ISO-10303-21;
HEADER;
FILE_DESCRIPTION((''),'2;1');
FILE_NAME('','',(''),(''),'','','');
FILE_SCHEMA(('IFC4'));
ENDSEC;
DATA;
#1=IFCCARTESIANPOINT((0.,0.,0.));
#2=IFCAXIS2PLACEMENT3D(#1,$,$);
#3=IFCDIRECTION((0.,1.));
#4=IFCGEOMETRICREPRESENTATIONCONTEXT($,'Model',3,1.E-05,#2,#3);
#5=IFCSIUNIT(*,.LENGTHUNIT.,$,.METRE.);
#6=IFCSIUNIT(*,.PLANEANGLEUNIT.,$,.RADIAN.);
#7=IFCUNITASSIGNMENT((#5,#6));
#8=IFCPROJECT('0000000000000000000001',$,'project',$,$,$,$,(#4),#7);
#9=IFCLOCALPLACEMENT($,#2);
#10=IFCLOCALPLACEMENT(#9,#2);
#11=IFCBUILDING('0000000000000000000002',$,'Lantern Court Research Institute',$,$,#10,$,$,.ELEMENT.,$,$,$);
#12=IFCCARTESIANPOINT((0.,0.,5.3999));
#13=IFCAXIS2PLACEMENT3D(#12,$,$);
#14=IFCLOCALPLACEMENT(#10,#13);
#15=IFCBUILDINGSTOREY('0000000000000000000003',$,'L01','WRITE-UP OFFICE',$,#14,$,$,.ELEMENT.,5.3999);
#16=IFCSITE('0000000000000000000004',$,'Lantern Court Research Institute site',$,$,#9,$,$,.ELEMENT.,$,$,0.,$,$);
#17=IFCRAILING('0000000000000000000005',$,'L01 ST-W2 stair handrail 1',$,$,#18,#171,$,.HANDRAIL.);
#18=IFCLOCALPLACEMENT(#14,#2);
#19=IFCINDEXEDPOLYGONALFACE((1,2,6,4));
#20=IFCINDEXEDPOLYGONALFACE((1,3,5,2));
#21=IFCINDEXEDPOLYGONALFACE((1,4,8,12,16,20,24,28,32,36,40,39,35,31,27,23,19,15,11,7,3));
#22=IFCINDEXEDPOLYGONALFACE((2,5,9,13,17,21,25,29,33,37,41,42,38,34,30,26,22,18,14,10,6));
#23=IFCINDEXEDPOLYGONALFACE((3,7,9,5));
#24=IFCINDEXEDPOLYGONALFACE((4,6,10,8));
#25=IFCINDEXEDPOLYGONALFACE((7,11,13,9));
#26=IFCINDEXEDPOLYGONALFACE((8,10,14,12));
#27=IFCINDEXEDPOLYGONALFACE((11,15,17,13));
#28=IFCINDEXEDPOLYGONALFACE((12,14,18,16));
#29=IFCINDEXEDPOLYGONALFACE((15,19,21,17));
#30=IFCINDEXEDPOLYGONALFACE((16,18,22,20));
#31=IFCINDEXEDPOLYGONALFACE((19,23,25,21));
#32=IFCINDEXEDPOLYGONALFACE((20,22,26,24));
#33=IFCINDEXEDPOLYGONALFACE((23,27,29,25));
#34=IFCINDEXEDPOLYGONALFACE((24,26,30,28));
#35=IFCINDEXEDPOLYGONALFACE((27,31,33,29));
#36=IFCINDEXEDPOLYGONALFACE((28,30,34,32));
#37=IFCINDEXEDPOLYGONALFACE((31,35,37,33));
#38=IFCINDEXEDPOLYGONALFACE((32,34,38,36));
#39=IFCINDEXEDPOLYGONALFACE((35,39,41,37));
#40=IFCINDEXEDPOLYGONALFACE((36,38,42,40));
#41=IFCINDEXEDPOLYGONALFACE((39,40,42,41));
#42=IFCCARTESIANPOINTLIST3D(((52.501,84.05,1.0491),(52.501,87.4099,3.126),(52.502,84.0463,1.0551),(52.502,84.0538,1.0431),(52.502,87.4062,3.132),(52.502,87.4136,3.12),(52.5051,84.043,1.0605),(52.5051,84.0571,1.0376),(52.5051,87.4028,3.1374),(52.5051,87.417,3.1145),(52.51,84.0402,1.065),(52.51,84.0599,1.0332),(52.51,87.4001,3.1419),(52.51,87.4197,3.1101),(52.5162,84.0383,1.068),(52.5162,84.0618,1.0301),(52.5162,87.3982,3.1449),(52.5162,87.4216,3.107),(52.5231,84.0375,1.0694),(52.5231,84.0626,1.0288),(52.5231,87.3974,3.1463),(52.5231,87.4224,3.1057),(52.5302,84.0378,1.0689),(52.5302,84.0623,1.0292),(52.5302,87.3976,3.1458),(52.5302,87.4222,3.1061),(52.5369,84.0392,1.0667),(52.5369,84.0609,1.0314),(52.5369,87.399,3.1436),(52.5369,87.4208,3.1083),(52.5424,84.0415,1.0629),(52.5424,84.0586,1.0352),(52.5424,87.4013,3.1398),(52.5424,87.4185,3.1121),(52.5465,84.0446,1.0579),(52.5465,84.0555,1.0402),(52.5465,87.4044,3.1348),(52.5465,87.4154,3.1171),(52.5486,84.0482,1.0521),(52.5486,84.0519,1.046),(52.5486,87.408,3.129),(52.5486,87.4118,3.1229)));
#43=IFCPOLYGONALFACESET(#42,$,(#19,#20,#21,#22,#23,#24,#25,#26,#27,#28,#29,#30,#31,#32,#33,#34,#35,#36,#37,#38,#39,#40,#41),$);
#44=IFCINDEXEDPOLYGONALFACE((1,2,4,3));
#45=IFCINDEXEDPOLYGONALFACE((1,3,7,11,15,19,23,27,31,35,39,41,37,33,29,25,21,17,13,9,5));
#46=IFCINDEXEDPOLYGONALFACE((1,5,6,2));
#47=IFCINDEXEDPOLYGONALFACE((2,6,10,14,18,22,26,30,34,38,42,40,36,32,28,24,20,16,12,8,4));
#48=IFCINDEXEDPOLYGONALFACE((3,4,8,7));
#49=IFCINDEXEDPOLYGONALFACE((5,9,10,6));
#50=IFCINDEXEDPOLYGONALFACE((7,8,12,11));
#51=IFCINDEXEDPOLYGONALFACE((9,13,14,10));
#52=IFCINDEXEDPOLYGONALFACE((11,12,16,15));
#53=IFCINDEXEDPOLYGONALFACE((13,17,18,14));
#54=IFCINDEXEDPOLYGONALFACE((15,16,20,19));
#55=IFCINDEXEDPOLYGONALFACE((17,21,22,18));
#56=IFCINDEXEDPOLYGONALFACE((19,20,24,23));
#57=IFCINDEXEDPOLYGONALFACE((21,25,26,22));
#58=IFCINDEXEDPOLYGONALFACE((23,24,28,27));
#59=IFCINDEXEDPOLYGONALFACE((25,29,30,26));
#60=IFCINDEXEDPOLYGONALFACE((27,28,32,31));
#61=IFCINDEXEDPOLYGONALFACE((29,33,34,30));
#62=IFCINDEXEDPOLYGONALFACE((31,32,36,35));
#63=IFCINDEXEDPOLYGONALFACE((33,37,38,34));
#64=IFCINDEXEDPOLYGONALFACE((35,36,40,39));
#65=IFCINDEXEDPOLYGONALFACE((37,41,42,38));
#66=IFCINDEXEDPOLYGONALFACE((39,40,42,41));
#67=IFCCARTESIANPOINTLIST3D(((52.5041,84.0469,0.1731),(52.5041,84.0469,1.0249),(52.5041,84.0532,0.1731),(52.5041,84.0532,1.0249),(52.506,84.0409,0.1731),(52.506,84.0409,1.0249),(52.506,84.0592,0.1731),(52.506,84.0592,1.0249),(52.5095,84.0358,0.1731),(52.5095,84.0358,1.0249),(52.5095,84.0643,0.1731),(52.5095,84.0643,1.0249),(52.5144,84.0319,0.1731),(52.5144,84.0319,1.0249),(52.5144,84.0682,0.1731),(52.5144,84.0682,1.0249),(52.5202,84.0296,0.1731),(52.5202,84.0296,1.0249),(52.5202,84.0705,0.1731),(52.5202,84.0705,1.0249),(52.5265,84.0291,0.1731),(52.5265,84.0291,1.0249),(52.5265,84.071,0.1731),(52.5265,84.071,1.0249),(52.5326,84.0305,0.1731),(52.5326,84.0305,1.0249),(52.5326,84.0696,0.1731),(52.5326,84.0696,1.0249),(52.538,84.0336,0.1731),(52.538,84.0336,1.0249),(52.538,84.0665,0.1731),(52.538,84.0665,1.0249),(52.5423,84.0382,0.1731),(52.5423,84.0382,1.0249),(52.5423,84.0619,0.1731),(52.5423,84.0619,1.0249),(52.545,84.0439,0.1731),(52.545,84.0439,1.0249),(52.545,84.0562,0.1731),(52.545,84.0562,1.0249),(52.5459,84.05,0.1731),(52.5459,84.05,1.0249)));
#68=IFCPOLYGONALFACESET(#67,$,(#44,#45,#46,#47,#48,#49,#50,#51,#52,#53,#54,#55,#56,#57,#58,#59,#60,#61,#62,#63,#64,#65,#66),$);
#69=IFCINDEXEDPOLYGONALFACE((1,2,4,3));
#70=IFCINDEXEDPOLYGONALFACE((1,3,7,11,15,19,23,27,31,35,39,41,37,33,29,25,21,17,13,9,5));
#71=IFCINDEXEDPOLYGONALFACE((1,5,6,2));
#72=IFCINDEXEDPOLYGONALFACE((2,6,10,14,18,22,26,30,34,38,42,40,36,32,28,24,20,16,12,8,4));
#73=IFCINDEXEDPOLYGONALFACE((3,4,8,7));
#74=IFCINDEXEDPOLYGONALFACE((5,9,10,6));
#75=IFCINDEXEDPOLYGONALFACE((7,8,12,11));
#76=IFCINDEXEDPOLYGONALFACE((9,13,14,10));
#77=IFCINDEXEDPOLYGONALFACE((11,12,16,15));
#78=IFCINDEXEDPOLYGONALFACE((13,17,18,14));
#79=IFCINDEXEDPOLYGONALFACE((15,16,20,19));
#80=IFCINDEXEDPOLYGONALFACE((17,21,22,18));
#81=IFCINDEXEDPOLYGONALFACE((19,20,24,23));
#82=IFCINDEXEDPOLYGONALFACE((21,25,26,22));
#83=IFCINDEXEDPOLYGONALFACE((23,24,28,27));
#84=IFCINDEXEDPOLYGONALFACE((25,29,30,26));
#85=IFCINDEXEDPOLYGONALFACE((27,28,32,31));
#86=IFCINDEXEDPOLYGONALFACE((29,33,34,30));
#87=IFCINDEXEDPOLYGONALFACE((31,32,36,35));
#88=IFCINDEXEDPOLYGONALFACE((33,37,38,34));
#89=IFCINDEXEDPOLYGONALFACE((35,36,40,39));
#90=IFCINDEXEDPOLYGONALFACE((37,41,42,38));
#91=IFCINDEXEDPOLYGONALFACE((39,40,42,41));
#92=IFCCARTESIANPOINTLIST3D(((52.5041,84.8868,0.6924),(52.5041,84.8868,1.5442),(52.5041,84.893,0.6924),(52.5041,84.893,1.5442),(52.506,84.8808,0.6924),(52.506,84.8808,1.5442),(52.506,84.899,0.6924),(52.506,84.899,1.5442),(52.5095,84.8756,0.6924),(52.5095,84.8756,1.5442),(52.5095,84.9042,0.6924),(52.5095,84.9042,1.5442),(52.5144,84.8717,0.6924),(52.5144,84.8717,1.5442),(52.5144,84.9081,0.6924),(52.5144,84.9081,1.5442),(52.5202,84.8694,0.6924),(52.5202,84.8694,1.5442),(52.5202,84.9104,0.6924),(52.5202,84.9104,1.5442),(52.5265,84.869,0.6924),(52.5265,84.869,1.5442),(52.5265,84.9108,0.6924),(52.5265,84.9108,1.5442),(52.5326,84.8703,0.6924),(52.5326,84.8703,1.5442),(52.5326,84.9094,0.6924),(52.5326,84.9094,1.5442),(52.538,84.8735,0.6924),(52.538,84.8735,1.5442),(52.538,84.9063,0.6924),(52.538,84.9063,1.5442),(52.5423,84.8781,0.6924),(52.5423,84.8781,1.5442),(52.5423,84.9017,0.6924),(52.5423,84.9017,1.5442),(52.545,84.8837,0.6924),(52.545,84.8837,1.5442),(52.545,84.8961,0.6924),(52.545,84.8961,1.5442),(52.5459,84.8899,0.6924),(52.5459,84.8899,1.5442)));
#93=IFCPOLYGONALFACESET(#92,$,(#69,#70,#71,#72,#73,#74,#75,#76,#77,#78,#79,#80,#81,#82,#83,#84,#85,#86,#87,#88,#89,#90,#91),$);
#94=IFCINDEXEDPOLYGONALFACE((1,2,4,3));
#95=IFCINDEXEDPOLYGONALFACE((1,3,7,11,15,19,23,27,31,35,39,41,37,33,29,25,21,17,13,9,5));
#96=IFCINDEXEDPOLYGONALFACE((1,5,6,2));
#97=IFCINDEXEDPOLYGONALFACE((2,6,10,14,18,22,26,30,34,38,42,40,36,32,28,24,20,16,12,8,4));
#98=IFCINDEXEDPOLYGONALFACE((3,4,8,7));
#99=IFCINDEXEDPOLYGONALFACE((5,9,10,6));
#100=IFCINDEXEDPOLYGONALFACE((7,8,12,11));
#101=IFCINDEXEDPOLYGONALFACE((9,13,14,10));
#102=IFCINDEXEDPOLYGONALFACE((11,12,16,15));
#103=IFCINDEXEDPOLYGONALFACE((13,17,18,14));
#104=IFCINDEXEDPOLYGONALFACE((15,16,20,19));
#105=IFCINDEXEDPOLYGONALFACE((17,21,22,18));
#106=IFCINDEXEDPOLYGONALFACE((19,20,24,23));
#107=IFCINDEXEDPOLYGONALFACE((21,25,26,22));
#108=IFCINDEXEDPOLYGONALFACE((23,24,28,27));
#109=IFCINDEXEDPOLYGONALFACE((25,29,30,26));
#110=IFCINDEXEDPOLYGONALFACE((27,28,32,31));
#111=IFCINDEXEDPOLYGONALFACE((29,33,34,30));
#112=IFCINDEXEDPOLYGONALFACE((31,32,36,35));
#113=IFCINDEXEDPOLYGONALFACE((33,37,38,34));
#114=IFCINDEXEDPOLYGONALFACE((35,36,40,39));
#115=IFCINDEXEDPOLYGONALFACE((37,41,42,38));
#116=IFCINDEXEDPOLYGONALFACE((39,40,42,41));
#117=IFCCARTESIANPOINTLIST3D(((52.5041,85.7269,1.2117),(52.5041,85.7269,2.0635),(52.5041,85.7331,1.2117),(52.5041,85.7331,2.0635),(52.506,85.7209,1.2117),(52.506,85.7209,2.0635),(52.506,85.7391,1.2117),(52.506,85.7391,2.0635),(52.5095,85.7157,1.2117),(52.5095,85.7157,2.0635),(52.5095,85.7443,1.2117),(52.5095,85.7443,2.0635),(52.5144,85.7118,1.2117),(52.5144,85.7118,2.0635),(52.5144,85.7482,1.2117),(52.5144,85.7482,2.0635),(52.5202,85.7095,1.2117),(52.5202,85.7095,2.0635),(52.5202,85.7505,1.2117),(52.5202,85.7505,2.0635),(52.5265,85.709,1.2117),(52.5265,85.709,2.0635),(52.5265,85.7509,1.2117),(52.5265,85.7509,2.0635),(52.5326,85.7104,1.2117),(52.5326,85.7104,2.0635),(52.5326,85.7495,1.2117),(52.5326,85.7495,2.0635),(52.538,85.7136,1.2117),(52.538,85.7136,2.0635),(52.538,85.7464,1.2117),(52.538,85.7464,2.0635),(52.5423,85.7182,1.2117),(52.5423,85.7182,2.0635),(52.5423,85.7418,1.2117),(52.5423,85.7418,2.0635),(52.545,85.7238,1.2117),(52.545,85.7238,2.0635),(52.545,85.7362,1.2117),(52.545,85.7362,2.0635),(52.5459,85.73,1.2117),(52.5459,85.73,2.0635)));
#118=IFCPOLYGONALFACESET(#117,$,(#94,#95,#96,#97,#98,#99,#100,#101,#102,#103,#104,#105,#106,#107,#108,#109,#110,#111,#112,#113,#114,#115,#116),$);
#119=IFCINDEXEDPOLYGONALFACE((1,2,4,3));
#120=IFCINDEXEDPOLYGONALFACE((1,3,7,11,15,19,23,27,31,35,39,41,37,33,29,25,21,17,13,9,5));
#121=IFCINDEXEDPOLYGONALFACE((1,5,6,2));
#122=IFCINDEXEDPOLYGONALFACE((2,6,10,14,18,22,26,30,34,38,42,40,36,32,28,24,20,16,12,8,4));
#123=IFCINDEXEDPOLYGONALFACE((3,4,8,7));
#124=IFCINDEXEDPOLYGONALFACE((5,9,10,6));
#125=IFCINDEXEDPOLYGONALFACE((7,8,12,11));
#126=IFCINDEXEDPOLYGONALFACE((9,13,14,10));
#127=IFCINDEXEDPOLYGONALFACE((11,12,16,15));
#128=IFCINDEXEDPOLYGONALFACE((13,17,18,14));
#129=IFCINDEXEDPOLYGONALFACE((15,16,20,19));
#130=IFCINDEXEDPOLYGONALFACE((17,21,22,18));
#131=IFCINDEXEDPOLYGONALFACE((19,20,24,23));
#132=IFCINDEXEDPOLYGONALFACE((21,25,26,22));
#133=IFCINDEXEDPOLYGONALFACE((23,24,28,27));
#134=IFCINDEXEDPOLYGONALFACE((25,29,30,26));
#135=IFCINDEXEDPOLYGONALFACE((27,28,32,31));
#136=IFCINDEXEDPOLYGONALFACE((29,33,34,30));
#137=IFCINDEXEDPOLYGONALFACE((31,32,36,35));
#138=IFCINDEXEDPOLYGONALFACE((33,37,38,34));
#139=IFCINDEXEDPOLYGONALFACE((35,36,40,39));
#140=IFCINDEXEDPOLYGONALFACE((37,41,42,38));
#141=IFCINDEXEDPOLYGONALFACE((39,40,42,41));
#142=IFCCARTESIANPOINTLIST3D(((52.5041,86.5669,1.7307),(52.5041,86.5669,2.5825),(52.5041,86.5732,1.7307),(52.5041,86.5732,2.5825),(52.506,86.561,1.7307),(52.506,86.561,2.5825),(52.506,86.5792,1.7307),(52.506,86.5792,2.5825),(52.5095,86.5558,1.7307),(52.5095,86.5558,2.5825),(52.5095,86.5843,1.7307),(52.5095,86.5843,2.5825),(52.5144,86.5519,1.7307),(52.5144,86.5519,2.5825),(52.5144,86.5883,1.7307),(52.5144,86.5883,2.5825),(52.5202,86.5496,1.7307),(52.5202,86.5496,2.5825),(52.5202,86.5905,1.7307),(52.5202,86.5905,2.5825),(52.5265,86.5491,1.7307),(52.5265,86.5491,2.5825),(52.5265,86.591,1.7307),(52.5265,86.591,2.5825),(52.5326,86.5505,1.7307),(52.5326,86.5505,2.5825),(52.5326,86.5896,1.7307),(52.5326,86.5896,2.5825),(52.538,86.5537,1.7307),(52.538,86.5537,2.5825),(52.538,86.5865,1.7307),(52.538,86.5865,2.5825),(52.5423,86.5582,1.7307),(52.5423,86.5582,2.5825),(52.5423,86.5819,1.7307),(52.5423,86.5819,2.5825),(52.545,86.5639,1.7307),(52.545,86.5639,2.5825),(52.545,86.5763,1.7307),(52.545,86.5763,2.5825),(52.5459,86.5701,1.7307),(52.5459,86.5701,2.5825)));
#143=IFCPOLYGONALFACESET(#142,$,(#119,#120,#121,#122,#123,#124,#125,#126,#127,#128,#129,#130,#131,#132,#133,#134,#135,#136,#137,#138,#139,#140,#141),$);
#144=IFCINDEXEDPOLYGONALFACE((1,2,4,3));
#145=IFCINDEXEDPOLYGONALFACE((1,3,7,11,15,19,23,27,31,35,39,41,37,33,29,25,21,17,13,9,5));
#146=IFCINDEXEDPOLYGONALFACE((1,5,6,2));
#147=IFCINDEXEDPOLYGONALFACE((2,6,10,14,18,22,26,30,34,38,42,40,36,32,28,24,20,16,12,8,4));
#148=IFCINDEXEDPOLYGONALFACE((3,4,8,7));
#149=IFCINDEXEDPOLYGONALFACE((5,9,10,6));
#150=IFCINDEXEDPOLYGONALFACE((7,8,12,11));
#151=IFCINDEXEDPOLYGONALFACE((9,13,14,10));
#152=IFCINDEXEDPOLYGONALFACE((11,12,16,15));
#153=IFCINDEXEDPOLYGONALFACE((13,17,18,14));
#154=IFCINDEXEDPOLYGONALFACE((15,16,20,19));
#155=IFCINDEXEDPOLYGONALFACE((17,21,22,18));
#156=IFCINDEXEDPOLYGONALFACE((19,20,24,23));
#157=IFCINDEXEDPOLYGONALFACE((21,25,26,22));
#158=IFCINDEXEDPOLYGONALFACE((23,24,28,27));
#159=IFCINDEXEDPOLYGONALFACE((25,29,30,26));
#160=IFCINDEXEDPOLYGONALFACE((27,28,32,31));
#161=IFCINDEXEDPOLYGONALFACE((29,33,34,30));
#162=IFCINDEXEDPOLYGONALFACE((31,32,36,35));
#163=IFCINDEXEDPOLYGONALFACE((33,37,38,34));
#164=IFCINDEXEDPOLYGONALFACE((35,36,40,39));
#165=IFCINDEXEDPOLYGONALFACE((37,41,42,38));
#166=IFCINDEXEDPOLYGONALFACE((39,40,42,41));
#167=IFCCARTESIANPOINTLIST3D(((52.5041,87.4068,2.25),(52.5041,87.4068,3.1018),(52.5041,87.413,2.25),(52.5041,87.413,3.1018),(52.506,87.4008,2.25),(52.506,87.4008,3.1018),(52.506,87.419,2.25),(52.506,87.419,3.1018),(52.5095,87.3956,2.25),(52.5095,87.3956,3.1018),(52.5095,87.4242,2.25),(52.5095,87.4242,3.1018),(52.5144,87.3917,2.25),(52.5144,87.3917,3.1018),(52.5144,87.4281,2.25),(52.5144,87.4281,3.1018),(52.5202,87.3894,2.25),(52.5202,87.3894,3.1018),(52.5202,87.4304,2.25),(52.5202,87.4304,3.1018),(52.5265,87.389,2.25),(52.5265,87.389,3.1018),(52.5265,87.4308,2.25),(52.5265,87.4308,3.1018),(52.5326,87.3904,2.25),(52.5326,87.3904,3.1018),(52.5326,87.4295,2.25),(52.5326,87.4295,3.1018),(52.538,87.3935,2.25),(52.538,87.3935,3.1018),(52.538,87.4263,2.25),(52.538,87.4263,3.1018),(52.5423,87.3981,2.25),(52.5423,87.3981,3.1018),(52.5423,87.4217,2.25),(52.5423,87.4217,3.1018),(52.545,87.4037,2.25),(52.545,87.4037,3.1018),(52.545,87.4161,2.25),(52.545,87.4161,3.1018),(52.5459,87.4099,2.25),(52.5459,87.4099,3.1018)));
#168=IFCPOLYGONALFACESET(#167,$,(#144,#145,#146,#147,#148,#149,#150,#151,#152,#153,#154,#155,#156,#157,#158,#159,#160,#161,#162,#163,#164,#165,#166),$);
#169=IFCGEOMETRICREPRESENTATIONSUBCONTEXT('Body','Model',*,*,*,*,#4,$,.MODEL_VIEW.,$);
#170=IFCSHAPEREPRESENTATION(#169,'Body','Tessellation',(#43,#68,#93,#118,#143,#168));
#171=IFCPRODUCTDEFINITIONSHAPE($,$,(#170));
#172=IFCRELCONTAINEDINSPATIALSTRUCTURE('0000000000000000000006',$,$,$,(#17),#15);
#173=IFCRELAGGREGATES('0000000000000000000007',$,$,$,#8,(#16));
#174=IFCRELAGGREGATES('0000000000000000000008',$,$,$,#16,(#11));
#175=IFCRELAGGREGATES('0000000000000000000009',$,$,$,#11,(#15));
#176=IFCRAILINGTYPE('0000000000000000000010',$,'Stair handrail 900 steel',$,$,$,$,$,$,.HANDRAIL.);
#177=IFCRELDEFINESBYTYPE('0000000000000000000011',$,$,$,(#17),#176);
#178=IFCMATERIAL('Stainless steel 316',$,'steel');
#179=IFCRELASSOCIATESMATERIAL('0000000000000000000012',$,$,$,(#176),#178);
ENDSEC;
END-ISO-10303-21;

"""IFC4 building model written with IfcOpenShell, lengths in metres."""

from ifc_helpers import new_model, si_unit, direction, frame, origin, origin_2d, place, context, subcontext, project, spatial, circle, extrude, material, type_object, element, save


model = new_model("IFC4")

# Units and contexts
model_context = context("Model", 3, precision=1e-05, world=origin(), true_north=direction((0.0, 1.0)))
body_context = subcontext(model_context, "Body", "Model", "MODEL_VIEW")
ifc_project = project(units=[si_unit("LENGTHUNIT", "METRE"), si_unit("PLANEANGLEUNIT", "RADIAN")], contexts=[model_context])

# Site, building, storey
site_placement = place(None, origin())
site = spatial("IfcSite", under=ifc_project, at=site_placement, Name="Lantern Court Research Institute site", CompositionType="ELEMENT", RefElevation=0.0)
building_placement = place(site_placement, origin())
building = spatial("IfcBuilding", under=site, at=building_placement, Name="Lantern Court Research Institute", CompositionType="ELEMENT")
storey_placement = place(building_placement, frame((0.0, 0.0, 5.3999)))
storey = spatial("IfcBuildingStorey", under=building, at=storey_placement, Name="L01", Description="WRITE-UP OFFICE", CompositionType="ELEMENT", Elevation=5.3999)

# Railing
ifc_material_1 = material(Name="Stainless steel 316", Category="steel")
railing_type = type_object("IfcRailingType", Name="Stair handrail 900 steel", PredefinedType="HANDRAIL", material=ifc_material_1)
railing_placement = place(storey_placement, frame((52.5249, 84.05, 0.1731)))
element("IfcRailing", 1, at=railing_placement, inside=storey, type_object=railing_type, Name="L01 ST-W2 stair handrail 1", PredefinedType="HANDRAIL", context=body_context, shape_type="SweptSolid", body=[
    extrude(circle(Radius=0.0239, at=origin_2d()), frame((0.0, 0.0, 0.876), z_axis=(0.0, 0.850606, 0.525803), x_axis=(-1.0, 0.0, 0.0)), (0.0, 0.0, 1.0), 3.95),
    extrude(circle(Radius=0.021, at=origin_2d()), origin(), (0.0, 0.0, 1.0), 0.8518),
    extrude(circle(Radius=0.021, at=origin_2d()), frame((0.0, 0.8398, 0.5193)), (0.0, 0.0, 1.0), 0.8518),
    extrude(circle(Radius=0.021, at=origin_2d()), frame((0.0, 1.6799, 1.0386)), (0.0, 0.0, 1.0), 0.8518),
    extrude(circle(Radius=0.021, at=origin_2d()), frame((0.0, 2.52, 1.5576)), (0.0, 0.0, 1.0), 0.8518),
    extrude(circle(Radius=0.021, at=origin_2d()), frame((0.0, 3.3599, 2.0769)), (0.0, 0.0, 1.0), 0.8518),
])

save(model, "model.ifc")
